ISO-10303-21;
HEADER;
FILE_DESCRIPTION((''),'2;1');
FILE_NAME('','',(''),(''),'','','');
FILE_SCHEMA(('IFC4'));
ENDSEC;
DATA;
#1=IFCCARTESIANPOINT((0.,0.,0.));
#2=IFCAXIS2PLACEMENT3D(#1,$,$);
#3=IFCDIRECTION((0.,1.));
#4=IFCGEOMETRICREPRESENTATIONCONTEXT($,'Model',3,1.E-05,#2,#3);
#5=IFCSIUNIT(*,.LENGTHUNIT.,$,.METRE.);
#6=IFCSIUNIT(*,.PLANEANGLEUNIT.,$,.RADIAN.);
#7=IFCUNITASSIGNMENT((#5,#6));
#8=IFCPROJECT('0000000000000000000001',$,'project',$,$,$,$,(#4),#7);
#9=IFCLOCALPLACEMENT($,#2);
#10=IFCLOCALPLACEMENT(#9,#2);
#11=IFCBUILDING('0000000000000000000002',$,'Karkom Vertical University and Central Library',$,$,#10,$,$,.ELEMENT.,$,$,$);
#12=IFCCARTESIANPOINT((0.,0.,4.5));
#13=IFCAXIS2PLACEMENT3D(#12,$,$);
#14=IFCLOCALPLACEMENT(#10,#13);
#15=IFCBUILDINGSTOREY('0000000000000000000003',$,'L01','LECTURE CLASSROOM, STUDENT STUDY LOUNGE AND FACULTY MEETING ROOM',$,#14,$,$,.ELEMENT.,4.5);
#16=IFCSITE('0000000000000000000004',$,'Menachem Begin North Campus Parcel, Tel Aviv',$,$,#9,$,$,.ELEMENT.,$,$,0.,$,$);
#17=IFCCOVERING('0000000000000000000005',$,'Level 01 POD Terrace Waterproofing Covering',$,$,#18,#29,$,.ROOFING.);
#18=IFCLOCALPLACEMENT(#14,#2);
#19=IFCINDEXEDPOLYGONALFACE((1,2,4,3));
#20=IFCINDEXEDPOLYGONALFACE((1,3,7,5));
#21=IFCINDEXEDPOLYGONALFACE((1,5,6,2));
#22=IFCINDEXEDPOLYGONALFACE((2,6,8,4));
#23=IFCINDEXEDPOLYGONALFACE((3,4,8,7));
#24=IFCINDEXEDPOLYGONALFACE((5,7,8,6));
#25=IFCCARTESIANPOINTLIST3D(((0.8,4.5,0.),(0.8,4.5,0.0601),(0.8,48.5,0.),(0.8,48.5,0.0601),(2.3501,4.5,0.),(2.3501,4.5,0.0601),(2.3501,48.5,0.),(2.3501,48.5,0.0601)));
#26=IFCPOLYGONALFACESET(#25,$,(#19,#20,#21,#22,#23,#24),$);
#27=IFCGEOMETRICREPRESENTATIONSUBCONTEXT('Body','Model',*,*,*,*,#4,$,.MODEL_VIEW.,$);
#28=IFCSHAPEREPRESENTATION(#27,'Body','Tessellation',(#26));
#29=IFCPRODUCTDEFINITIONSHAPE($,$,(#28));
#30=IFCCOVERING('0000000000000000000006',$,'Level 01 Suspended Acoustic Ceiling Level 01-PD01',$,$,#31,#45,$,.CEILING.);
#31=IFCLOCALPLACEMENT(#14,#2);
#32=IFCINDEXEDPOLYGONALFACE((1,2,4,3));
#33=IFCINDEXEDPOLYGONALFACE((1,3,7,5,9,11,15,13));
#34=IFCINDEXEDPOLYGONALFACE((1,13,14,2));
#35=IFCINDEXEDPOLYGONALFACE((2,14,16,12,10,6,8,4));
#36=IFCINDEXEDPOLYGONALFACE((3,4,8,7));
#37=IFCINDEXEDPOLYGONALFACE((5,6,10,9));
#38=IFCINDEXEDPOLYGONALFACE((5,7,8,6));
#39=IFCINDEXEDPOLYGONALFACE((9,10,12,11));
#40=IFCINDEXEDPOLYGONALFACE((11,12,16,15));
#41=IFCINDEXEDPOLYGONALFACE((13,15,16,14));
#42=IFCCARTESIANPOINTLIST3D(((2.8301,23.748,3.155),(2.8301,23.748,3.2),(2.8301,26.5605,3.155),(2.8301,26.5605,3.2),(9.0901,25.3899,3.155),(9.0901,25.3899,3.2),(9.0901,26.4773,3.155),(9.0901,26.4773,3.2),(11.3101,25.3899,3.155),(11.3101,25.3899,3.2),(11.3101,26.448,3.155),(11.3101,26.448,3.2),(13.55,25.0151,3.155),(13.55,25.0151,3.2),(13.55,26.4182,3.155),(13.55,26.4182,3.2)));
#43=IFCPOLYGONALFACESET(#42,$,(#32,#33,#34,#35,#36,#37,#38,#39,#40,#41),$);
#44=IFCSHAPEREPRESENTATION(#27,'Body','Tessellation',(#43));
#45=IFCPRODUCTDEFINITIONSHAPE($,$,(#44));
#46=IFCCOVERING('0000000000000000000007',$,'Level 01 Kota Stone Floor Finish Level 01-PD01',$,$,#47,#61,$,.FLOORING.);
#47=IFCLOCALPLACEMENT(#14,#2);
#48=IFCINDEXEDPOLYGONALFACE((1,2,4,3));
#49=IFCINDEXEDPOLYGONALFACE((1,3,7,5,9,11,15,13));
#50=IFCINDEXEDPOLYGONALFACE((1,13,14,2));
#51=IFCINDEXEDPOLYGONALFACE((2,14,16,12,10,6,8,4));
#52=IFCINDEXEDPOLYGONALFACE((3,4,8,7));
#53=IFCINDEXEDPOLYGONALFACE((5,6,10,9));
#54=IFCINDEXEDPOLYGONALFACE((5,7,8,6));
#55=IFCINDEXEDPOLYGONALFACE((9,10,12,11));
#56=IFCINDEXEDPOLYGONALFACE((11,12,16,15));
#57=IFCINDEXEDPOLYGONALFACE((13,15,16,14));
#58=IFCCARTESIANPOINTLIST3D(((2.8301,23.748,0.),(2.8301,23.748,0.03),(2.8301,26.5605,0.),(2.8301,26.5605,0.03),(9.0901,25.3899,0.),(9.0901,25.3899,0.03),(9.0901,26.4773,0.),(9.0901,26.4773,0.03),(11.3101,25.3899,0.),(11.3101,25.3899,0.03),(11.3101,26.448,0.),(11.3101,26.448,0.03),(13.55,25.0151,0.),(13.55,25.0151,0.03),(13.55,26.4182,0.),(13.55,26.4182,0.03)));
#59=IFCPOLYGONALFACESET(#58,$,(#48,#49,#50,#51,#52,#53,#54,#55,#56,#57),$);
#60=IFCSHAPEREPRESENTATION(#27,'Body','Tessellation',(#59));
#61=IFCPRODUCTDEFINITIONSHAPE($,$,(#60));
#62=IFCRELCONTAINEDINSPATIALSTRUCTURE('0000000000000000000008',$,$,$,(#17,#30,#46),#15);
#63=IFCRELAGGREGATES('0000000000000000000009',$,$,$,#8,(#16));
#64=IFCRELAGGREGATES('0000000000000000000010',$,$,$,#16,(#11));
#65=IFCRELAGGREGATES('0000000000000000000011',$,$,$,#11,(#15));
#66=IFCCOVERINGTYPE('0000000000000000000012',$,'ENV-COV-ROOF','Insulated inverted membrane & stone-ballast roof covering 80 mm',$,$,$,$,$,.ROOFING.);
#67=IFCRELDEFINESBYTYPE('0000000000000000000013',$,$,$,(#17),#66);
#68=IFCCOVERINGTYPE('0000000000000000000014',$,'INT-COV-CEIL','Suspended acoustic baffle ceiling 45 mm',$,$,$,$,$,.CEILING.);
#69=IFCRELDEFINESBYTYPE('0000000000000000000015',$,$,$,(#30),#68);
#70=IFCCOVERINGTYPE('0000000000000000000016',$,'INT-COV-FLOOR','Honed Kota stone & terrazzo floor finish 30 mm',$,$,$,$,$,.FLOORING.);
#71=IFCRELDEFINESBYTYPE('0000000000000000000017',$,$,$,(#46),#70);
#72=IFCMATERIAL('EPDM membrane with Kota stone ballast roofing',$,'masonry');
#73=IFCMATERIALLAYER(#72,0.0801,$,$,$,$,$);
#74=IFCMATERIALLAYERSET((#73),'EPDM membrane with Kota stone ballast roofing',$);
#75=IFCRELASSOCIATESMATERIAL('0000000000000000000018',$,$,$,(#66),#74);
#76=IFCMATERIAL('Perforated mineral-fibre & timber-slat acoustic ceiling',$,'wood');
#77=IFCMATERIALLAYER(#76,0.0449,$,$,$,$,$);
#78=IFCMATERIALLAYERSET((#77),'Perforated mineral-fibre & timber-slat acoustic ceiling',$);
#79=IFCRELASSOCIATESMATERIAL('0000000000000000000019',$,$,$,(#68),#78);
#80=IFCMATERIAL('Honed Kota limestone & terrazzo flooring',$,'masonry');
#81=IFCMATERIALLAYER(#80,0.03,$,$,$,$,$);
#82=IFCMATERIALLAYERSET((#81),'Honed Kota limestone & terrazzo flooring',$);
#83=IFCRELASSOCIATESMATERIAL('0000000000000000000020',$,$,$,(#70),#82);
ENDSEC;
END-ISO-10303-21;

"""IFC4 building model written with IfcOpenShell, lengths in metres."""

from ifc_helpers import new_model, si_unit, direction, frame, origin, place, context, subcontext, project, spatial, polyline, outline, extrude, material, layer, layer_set, type_object, element, save


model = new_model("IFC4")

# Units and contexts
model_context = context("Model", 3, precision=1e-05, world=origin(), true_north=direction((0.0, 1.0)))
body_context = subcontext(model_context, "Body", "Model", "MODEL_VIEW")
ifc_project = project(units=[si_unit("LENGTHUNIT", "METRE"), si_unit("PLANEANGLEUNIT", "RADIAN")], contexts=[model_context])

# Site, building, storey
site_placement = place(None, origin())
site = spatial("IfcSite", under=ifc_project, at=site_placement, Name="Menachem Begin North Campus Parcel, Tel Aviv", CompositionType="ELEMENT", RefElevation=0.0)
building_placement = place(site_placement, origin())
building = spatial("IfcBuilding", under=site, at=building_placement, Name="Karkom Vertical University and Central Library", CompositionType="ELEMENT")
storey_placement = place(building_placement, frame((0.0, 0.0, 4.5)))
storey = spatial("IfcBuildingStorey", under=building, at=storey_placement, Name="L01", Description="LECTURE CLASSROOM, STUDENT STUDY LOUNGE AND FACULTY MEETING ROOM", CompositionType="ELEMENT", Elevation=4.5)

# Coverings
ifc_material_1 = material(Name="EPDM membrane with Kota stone ballast roofing", Category="masonry")
ifc_layer_1 = layer(ifc_material_1, 0.0801)
ifc_layer_set_1 = layer_set([ifc_layer_1], Name="EPDM membrane with Kota stone ballast roofing")
covering_type_1 = type_object("IfcCoveringType", Name="ENV-COV-ROOF", Description="Insulated inverted membrane & stone-ballast roof covering 80 mm", PredefinedType="ROOFING", material=ifc_layer_set_1)
covering_1_placement = place(storey_placement, origin())
element("IfcCovering", 1, at=covering_1_placement, inside=storey, type_object=covering_type_1, Name="Level 01 POD Terrace Waterproofing Covering", PredefinedType="ROOFING", context=body_context, shape_type="SweptSolid", body=[
    extrude(outline(polyline([(0.8, 4.5), (2.3501, 4.5), (2.3501, 48.5), (0.8, 48.5), (0.8, 4.5)])), origin(), (0.0, 0.0, 1.0), 0.0601),
])
ifc_material_2 = material(Name="Perforated mineral-fibre & timber-slat acoustic ceiling", Category="wood")
ifc_layer_2 = layer(ifc_material_2, 0.0449)
ifc_layer_set_2 = layer_set([ifc_layer_2], Name="Perforated mineral-fibre & timber-slat acoustic ceiling")
covering_type_2 = type_object("IfcCoveringType", Name="INT-COV-CEIL", Description="Suspended acoustic baffle ceiling 45 mm", PredefinedType="CEILING", material=ifc_layer_set_2)
covering_2_placement = place(storey_placement, frame((0.0, 0.0, 3.155)))
element("IfcCovering", 2, at=covering_2_placement, inside=storey, type_object=covering_type_2, Name="Level 01 Suspended Acoustic Ceiling Level 01-PD01", PredefinedType="CEILING", context=body_context, shape_type="SweptSolid", body=[
    extrude(outline(polyline([(2.8301, 23.748), (2.8301, 26.5605), (9.0901, 26.4773), (9.0901, 25.3899), (11.3101, 25.3899), (11.3101, 26.448), (13.55, 26.4182), (13.55, 25.0151), (2.8301, 23.748)])), origin(), (0.0, 0.0, 1.0), 0.0449),
])
ifc_material_3 = material(Name="Honed Kota limestone & terrazzo flooring", Category="masonry")
ifc_layer_3 = layer(ifc_material_3, 0.03)
ifc_layer_set_3 = layer_set([ifc_layer_3], Name="Honed Kota limestone & terrazzo flooring")
covering_type_3 = type_object("IfcCoveringType", Name="INT-COV-FLOOR", Description="Honed Kota stone & terrazzo floor finish 30 mm", PredefinedType="FLOORING", material=ifc_layer_set_3)
covering_3_placement = place(storey_placement, origin())
element("IfcCovering", 3, at=covering_3_placement, inside=storey, type_object=covering_type_3, Name="Level 01 Kota Stone Floor Finish Level 01-PD01", PredefinedType="FLOORING", context=body_context, shape_type="SweptSolid", body=[
    extrude(outline(polyline([(2.8301, 23.748), (2.8301, 26.5605), (9.0901, 26.4773), (9.0901, 25.3899), (11.3101, 25.3899), (11.3101, 26.448), (13.55, 26.4182), (13.55, 25.0151), (2.8301, 23.748)])), origin(), (0.0, 0.0, 1.0), 0.03),
])

save(model, "model.ifc")
